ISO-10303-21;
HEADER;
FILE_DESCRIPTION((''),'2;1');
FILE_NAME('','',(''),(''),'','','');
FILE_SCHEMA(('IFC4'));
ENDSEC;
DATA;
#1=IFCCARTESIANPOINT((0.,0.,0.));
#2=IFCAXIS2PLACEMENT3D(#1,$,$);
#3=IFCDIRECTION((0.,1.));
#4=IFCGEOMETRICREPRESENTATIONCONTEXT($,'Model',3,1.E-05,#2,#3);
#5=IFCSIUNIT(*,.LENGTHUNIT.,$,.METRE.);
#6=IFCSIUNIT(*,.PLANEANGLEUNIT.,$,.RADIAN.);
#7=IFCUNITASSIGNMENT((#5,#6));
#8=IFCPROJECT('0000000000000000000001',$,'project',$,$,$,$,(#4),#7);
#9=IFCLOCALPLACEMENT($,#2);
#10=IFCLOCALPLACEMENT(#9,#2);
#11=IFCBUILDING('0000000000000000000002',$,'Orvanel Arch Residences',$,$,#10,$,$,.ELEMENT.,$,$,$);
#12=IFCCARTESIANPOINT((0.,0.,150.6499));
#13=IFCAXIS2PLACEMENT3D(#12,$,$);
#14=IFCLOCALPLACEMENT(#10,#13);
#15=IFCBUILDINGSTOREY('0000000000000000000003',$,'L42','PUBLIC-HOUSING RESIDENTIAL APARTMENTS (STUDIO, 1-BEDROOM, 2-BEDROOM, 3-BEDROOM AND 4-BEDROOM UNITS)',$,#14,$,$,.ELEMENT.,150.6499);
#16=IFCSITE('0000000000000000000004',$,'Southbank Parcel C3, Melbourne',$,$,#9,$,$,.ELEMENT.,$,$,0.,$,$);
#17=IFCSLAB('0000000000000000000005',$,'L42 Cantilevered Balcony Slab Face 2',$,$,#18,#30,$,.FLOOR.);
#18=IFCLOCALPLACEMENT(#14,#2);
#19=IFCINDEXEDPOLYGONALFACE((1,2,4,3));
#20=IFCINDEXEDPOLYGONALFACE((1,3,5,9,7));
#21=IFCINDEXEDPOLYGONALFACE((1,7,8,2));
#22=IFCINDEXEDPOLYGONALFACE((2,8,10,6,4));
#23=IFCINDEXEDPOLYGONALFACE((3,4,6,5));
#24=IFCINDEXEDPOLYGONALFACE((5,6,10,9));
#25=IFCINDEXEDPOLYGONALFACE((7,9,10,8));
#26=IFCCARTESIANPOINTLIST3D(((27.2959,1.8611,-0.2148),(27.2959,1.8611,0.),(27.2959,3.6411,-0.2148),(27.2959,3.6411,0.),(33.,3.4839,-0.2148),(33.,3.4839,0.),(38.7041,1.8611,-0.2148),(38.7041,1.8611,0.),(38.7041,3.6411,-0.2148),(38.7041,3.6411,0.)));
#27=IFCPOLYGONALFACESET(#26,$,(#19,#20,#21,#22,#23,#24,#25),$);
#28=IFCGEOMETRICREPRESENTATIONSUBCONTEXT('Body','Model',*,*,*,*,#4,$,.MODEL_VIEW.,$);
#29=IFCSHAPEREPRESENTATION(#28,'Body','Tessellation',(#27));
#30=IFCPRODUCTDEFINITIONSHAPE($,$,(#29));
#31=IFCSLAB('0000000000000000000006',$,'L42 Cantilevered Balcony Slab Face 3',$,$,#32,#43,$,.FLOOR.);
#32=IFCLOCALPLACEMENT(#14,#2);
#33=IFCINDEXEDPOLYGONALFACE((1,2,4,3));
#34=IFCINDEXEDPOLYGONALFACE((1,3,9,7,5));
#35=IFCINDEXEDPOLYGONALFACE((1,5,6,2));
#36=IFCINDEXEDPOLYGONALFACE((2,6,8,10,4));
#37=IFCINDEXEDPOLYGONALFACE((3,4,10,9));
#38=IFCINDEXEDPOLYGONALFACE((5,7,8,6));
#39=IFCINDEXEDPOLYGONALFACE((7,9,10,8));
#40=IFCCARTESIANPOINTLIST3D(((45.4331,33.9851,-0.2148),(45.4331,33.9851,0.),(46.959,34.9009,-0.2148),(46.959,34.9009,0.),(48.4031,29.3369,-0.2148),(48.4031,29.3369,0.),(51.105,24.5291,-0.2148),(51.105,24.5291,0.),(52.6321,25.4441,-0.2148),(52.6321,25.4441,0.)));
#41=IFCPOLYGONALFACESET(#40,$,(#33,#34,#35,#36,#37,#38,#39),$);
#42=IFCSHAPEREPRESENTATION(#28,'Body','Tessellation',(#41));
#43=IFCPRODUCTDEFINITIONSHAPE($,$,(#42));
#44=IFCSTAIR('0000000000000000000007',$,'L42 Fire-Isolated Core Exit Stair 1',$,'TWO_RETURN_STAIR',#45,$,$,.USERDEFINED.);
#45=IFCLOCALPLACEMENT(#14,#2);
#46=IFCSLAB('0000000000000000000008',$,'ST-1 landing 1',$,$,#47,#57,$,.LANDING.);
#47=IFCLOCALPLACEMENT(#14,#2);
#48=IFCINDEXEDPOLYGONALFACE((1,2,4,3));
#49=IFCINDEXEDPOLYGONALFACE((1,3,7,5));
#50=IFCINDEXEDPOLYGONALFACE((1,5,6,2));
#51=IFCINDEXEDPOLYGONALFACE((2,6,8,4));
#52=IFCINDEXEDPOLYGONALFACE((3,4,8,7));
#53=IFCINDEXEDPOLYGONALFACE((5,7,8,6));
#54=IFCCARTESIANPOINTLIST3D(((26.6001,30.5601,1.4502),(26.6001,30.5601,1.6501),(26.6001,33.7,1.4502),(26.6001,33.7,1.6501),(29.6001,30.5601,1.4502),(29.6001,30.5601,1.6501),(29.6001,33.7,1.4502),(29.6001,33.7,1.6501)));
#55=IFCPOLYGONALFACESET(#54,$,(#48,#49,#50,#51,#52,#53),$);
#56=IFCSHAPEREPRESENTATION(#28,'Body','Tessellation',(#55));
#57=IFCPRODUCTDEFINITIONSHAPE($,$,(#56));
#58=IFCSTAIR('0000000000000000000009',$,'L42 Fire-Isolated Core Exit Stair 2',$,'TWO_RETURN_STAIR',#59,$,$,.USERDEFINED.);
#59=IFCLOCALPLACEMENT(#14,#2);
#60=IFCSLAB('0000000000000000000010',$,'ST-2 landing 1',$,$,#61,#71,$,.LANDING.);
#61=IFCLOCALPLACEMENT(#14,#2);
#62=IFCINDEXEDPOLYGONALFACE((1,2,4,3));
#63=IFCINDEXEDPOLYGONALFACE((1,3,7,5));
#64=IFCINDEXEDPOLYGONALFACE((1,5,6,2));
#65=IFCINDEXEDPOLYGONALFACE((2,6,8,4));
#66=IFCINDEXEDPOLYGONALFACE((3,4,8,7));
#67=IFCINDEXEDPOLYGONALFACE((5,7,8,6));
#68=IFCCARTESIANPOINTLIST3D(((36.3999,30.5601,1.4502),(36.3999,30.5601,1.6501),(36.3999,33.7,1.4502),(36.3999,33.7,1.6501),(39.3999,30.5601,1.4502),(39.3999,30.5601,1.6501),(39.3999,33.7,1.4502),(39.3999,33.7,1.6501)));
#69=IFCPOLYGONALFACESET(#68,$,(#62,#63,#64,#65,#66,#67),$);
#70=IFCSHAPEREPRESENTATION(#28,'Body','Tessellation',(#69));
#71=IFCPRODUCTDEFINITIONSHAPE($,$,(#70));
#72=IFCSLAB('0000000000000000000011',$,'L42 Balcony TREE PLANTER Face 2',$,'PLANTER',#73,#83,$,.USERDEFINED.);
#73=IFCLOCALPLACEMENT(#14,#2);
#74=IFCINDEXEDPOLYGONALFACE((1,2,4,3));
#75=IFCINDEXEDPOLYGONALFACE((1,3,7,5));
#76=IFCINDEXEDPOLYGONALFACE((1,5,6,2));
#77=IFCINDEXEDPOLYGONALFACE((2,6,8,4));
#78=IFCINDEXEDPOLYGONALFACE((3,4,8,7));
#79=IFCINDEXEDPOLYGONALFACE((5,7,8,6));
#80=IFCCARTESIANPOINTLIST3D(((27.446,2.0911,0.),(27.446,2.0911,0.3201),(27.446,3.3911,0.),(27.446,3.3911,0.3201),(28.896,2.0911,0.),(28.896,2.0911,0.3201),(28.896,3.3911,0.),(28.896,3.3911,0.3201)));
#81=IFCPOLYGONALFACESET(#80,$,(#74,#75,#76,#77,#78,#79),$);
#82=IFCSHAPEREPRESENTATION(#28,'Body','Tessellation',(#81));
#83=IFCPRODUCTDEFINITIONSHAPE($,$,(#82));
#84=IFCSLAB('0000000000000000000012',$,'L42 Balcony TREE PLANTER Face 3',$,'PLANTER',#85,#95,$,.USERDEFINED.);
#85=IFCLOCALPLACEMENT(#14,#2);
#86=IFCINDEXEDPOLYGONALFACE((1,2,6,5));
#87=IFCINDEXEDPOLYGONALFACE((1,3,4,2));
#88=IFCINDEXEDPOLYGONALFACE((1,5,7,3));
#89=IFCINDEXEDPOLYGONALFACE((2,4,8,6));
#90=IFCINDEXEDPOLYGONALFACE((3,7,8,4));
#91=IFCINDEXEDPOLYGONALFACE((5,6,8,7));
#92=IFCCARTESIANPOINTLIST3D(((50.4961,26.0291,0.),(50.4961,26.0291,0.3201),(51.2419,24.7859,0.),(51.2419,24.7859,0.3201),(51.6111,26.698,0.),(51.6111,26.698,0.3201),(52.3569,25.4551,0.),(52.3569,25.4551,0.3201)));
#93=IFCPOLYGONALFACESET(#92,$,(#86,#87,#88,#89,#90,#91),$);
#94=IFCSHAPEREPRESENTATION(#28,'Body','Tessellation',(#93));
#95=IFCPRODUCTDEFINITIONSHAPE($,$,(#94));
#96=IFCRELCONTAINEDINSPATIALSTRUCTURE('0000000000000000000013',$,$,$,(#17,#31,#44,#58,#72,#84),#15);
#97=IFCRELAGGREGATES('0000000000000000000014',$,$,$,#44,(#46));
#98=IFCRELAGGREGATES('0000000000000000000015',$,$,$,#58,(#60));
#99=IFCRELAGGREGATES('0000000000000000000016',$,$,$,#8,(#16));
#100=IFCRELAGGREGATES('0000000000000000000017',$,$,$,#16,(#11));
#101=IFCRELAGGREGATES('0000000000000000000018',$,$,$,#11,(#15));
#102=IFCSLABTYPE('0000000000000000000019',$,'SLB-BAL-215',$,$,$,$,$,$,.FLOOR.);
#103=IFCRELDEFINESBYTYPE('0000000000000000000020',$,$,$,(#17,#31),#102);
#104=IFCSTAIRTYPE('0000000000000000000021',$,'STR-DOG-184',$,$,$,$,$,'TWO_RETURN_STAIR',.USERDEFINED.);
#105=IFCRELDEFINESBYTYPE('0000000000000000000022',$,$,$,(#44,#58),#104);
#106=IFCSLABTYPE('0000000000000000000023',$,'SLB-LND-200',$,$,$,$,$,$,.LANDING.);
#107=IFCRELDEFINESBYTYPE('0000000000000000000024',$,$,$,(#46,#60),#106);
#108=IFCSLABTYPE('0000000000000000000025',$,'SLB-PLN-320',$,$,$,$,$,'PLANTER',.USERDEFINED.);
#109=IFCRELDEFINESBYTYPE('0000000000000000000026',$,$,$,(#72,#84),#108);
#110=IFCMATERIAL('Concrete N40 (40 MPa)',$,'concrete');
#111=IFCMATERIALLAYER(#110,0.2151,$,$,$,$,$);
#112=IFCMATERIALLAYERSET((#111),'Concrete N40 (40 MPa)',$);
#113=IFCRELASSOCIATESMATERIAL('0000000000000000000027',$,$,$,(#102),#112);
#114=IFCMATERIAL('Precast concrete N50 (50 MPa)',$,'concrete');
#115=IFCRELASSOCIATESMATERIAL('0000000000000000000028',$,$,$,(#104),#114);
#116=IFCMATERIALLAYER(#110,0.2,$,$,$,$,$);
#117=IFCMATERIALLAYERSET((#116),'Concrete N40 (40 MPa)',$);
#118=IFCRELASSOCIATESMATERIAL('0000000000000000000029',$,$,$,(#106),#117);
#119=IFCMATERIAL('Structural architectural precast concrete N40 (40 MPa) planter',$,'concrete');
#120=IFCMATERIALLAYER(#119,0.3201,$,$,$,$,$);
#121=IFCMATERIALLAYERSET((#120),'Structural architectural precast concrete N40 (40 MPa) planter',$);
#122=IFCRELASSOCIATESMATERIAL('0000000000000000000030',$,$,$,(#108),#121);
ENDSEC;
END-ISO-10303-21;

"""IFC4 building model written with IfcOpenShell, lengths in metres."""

from ifc_helpers import new_model, si_unit, direction, frame, origin, place, context, subcontext, project, spatial, polyline, outline, extrude, material, layer, layer_set, type_object, element, aggregate, save


model = new_model("IFC4")

# Units and contexts
model_context = context("Model", 3, precision=1e-05, world=origin(), true_north=direction((0.0, 1.0)))
body_context = subcontext(model_context, "Body", "Model", "MODEL_VIEW")
ifc_project = project(units=[si_unit("LENGTHUNIT", "METRE"), si_unit("PLANEANGLEUNIT", "RADIAN")], contexts=[model_context])

# Site, building, storey
site_placement = place(None, origin())
site = spatial("IfcSite", under=ifc_project, at=site_placement, Name="Southbank Parcel C3, Melbourne", CompositionType="ELEMENT", RefElevation=0.0)
building_placement = place(site_placement, origin())
building = spatial("IfcBuilding", under=site, at=building_placement, Name="Orvanel Arch Residences", CompositionType="ELEMENT")
storey_placement = place(building_placement, frame((0.0, 0.0, 150.6499)))
storey = spatial("IfcBuildingStorey", under=building, at=storey_placement, Name="L42", Description="PUBLIC-HOUSING RESIDENTIAL APARTMENTS (STUDIO, 1-BEDROOM, 2-BEDROOM, 3-BEDROOM AND 4-BEDROOM UNITS)", CompositionType="ELEMENT", Elevation=150.6499)

# Slabs
ifc_material_1 = material(Name="Concrete N40 (40 MPa)", Category="concrete")
ifc_layer_1 = layer(ifc_material_1, 0.2151)
ifc_layer_set_1 = layer_set([ifc_layer_1], Name="Concrete N40 (40 MPa)")
slab_type_1 = type_object("IfcSlabType", Name="SLB-BAL-215", PredefinedType="FLOOR", material=ifc_layer_set_1)
slab_1_placement = place(storey_placement, frame((0.0, 0.0, -0.2148)))
element("IfcSlab", 1, at=slab_1_placement, inside=storey, type_object=slab_type_1, Name="L42 Cantilevered Balcony Slab Face 2", PredefinedType="FLOOR", context=body_context, shape_type="SweptSolid", body=[
    extrude(outline(polyline([(27.2959, 1.8611), (38.7041, 1.8611), (38.7041, 3.6411), (33.0, 3.4839), (27.2959, 3.6411), (27.2959, 1.8611)])), origin(), (0.0, 0.0, 1.0), 0.2148),
])
slab_2_placement = place(storey_placement, frame((0.0, 0.0, -0.2148)))
element("IfcSlab", 2, at=slab_2_placement, inside=storey, type_object=slab_type_1, Name="L42 Cantilevered Balcony Slab Face 3", PredefinedType="FLOOR", context=body_context, shape_type="SweptSolid", body=[
    extrude(outline(polyline([(52.6321, 25.4441), (46.959, 34.9009), (45.4331, 33.9851), (48.4031, 29.3369), (51.105, 24.5291), (52.6321, 25.4441)])), origin(), (0.0, 0.0, 1.0), 0.2148),
])

# Stairs, slabs
ifc_material_2 = material(Name="Precast concrete N50 (50 MPa)", Category="concrete")
stair_type = type_object("IfcStairType", Name="STR-DOG-184", ElementType="TWO_RETURN_STAIR", PredefinedType="USERDEFINED", material=ifc_material_2)
stair_1_placement = place(storey_placement, origin())
stair_1 = element("IfcStair", 3, at=stair_1_placement, inside=storey, type_object=stair_type, Name="L42 Fire-Isolated Core Exit Stair 1", ObjectType="TWO_RETURN_STAIR", PredefinedType="USERDEFINED")
ifc_layer_2 = layer(ifc_material_1, 0.2)
ifc_layer_set_2 = layer_set([ifc_layer_2], Name="Concrete N40 (40 MPa)")
slab_type_2 = type_object("IfcSlabType", Name="SLB-LND-200", PredefinedType="LANDING", material=ifc_layer_set_2)
slab_3_placement = place(storey_placement, frame((0.0, 0.0, 1.4502)))
slab_3 = element("IfcSlab", 4, at=slab_3_placement, type_object=slab_type_2, Name="ST-1 landing 1", PredefinedType="LANDING", context=body_context, shape_type="SweptSolid", body=[
    extrude(outline(polyline([(29.6001, 30.5601), (29.6001, 33.7), (26.6001, 33.7), (26.6001, 30.5601), (29.6001, 30.5601)])), origin(), (0.0, 0.0, 1.0), 0.2),
])
aggregate(stair_1, [slab_3])
stair_2_placement = place(storey_placement, origin())
stair_2 = element("IfcStair", 5, at=stair_2_placement, inside=storey, type_object=stair_type, Name="L42 Fire-Isolated Core Exit Stair 2", ObjectType="TWO_RETURN_STAIR", PredefinedType="USERDEFINED")
slab_4_placement = place(storey_placement, frame((0.0, 0.0, 1.4502)))
slab_4 = element("IfcSlab", 6, at=slab_4_placement, type_object=slab_type_2, Name="ST-2 landing 1", PredefinedType="LANDING", context=body_context, shape_type="SweptSolid", body=[
    extrude(outline(polyline([(39.3999, 30.5601), (39.3999, 33.7), (36.3999, 33.7), (36.3999, 30.5601), (39.3999, 30.5601)])), origin(), (0.0, 0.0, 1.0), 0.2),
])
aggregate(stair_2, [slab_4])

# Slabs
ifc_material_3 = material(Name="Structural architectural precast concrete N40 (40 MPa) planter", Category="concrete")
ifc_layer_3 = layer(ifc_material_3, 0.3201)
ifc_layer_set_3 = layer_set([ifc_layer_3], Name="Structural architectural precast concrete N40 (40 MPa) planter")
slab_type_3 = type_object("IfcSlabType", Name="SLB-PLN-320", ElementType="PLANTER", PredefinedType="USERDEFINED", material=ifc_layer_set_3)
slab_5_placement = place(storey_placement, origin())
element("IfcSlab", 7, at=slab_5_placement, inside=storey, type_object=slab_type_3, Name="L42 Balcony TREE PLANTER Face 2", ObjectType="PLANTER", PredefinedType="USERDEFINED", context=body_context, shape_type="SweptSolid", body=[
    extrude(outline(polyline([(27.446, 2.0911), (28.896, 2.0911), (28.896, 3.3911), (27.446, 3.3911), (27.446, 2.0911)])), origin(), (0.0, 0.0, 1.0), 0.3201),
])
slab_6_placement = place(storey_placement, origin())
element("IfcSlab", 8, at=slab_6_placement, inside=storey, type_object=slab_type_3, Name="L42 Balcony TREE PLANTER Face 3", ObjectType="PLANTER", PredefinedType="USERDEFINED", context=body_context, shape_type="SweptSolid", body=[
    extrude(outline(polyline([(52.3569, 25.4551), (51.6111, 26.698), (50.4961, 26.0291), (51.2419, 24.7859), (52.3569, 25.4551)])), origin(), (0.0, 0.0, 1.0), 0.3201),
])

save(model, "model.ifc")
